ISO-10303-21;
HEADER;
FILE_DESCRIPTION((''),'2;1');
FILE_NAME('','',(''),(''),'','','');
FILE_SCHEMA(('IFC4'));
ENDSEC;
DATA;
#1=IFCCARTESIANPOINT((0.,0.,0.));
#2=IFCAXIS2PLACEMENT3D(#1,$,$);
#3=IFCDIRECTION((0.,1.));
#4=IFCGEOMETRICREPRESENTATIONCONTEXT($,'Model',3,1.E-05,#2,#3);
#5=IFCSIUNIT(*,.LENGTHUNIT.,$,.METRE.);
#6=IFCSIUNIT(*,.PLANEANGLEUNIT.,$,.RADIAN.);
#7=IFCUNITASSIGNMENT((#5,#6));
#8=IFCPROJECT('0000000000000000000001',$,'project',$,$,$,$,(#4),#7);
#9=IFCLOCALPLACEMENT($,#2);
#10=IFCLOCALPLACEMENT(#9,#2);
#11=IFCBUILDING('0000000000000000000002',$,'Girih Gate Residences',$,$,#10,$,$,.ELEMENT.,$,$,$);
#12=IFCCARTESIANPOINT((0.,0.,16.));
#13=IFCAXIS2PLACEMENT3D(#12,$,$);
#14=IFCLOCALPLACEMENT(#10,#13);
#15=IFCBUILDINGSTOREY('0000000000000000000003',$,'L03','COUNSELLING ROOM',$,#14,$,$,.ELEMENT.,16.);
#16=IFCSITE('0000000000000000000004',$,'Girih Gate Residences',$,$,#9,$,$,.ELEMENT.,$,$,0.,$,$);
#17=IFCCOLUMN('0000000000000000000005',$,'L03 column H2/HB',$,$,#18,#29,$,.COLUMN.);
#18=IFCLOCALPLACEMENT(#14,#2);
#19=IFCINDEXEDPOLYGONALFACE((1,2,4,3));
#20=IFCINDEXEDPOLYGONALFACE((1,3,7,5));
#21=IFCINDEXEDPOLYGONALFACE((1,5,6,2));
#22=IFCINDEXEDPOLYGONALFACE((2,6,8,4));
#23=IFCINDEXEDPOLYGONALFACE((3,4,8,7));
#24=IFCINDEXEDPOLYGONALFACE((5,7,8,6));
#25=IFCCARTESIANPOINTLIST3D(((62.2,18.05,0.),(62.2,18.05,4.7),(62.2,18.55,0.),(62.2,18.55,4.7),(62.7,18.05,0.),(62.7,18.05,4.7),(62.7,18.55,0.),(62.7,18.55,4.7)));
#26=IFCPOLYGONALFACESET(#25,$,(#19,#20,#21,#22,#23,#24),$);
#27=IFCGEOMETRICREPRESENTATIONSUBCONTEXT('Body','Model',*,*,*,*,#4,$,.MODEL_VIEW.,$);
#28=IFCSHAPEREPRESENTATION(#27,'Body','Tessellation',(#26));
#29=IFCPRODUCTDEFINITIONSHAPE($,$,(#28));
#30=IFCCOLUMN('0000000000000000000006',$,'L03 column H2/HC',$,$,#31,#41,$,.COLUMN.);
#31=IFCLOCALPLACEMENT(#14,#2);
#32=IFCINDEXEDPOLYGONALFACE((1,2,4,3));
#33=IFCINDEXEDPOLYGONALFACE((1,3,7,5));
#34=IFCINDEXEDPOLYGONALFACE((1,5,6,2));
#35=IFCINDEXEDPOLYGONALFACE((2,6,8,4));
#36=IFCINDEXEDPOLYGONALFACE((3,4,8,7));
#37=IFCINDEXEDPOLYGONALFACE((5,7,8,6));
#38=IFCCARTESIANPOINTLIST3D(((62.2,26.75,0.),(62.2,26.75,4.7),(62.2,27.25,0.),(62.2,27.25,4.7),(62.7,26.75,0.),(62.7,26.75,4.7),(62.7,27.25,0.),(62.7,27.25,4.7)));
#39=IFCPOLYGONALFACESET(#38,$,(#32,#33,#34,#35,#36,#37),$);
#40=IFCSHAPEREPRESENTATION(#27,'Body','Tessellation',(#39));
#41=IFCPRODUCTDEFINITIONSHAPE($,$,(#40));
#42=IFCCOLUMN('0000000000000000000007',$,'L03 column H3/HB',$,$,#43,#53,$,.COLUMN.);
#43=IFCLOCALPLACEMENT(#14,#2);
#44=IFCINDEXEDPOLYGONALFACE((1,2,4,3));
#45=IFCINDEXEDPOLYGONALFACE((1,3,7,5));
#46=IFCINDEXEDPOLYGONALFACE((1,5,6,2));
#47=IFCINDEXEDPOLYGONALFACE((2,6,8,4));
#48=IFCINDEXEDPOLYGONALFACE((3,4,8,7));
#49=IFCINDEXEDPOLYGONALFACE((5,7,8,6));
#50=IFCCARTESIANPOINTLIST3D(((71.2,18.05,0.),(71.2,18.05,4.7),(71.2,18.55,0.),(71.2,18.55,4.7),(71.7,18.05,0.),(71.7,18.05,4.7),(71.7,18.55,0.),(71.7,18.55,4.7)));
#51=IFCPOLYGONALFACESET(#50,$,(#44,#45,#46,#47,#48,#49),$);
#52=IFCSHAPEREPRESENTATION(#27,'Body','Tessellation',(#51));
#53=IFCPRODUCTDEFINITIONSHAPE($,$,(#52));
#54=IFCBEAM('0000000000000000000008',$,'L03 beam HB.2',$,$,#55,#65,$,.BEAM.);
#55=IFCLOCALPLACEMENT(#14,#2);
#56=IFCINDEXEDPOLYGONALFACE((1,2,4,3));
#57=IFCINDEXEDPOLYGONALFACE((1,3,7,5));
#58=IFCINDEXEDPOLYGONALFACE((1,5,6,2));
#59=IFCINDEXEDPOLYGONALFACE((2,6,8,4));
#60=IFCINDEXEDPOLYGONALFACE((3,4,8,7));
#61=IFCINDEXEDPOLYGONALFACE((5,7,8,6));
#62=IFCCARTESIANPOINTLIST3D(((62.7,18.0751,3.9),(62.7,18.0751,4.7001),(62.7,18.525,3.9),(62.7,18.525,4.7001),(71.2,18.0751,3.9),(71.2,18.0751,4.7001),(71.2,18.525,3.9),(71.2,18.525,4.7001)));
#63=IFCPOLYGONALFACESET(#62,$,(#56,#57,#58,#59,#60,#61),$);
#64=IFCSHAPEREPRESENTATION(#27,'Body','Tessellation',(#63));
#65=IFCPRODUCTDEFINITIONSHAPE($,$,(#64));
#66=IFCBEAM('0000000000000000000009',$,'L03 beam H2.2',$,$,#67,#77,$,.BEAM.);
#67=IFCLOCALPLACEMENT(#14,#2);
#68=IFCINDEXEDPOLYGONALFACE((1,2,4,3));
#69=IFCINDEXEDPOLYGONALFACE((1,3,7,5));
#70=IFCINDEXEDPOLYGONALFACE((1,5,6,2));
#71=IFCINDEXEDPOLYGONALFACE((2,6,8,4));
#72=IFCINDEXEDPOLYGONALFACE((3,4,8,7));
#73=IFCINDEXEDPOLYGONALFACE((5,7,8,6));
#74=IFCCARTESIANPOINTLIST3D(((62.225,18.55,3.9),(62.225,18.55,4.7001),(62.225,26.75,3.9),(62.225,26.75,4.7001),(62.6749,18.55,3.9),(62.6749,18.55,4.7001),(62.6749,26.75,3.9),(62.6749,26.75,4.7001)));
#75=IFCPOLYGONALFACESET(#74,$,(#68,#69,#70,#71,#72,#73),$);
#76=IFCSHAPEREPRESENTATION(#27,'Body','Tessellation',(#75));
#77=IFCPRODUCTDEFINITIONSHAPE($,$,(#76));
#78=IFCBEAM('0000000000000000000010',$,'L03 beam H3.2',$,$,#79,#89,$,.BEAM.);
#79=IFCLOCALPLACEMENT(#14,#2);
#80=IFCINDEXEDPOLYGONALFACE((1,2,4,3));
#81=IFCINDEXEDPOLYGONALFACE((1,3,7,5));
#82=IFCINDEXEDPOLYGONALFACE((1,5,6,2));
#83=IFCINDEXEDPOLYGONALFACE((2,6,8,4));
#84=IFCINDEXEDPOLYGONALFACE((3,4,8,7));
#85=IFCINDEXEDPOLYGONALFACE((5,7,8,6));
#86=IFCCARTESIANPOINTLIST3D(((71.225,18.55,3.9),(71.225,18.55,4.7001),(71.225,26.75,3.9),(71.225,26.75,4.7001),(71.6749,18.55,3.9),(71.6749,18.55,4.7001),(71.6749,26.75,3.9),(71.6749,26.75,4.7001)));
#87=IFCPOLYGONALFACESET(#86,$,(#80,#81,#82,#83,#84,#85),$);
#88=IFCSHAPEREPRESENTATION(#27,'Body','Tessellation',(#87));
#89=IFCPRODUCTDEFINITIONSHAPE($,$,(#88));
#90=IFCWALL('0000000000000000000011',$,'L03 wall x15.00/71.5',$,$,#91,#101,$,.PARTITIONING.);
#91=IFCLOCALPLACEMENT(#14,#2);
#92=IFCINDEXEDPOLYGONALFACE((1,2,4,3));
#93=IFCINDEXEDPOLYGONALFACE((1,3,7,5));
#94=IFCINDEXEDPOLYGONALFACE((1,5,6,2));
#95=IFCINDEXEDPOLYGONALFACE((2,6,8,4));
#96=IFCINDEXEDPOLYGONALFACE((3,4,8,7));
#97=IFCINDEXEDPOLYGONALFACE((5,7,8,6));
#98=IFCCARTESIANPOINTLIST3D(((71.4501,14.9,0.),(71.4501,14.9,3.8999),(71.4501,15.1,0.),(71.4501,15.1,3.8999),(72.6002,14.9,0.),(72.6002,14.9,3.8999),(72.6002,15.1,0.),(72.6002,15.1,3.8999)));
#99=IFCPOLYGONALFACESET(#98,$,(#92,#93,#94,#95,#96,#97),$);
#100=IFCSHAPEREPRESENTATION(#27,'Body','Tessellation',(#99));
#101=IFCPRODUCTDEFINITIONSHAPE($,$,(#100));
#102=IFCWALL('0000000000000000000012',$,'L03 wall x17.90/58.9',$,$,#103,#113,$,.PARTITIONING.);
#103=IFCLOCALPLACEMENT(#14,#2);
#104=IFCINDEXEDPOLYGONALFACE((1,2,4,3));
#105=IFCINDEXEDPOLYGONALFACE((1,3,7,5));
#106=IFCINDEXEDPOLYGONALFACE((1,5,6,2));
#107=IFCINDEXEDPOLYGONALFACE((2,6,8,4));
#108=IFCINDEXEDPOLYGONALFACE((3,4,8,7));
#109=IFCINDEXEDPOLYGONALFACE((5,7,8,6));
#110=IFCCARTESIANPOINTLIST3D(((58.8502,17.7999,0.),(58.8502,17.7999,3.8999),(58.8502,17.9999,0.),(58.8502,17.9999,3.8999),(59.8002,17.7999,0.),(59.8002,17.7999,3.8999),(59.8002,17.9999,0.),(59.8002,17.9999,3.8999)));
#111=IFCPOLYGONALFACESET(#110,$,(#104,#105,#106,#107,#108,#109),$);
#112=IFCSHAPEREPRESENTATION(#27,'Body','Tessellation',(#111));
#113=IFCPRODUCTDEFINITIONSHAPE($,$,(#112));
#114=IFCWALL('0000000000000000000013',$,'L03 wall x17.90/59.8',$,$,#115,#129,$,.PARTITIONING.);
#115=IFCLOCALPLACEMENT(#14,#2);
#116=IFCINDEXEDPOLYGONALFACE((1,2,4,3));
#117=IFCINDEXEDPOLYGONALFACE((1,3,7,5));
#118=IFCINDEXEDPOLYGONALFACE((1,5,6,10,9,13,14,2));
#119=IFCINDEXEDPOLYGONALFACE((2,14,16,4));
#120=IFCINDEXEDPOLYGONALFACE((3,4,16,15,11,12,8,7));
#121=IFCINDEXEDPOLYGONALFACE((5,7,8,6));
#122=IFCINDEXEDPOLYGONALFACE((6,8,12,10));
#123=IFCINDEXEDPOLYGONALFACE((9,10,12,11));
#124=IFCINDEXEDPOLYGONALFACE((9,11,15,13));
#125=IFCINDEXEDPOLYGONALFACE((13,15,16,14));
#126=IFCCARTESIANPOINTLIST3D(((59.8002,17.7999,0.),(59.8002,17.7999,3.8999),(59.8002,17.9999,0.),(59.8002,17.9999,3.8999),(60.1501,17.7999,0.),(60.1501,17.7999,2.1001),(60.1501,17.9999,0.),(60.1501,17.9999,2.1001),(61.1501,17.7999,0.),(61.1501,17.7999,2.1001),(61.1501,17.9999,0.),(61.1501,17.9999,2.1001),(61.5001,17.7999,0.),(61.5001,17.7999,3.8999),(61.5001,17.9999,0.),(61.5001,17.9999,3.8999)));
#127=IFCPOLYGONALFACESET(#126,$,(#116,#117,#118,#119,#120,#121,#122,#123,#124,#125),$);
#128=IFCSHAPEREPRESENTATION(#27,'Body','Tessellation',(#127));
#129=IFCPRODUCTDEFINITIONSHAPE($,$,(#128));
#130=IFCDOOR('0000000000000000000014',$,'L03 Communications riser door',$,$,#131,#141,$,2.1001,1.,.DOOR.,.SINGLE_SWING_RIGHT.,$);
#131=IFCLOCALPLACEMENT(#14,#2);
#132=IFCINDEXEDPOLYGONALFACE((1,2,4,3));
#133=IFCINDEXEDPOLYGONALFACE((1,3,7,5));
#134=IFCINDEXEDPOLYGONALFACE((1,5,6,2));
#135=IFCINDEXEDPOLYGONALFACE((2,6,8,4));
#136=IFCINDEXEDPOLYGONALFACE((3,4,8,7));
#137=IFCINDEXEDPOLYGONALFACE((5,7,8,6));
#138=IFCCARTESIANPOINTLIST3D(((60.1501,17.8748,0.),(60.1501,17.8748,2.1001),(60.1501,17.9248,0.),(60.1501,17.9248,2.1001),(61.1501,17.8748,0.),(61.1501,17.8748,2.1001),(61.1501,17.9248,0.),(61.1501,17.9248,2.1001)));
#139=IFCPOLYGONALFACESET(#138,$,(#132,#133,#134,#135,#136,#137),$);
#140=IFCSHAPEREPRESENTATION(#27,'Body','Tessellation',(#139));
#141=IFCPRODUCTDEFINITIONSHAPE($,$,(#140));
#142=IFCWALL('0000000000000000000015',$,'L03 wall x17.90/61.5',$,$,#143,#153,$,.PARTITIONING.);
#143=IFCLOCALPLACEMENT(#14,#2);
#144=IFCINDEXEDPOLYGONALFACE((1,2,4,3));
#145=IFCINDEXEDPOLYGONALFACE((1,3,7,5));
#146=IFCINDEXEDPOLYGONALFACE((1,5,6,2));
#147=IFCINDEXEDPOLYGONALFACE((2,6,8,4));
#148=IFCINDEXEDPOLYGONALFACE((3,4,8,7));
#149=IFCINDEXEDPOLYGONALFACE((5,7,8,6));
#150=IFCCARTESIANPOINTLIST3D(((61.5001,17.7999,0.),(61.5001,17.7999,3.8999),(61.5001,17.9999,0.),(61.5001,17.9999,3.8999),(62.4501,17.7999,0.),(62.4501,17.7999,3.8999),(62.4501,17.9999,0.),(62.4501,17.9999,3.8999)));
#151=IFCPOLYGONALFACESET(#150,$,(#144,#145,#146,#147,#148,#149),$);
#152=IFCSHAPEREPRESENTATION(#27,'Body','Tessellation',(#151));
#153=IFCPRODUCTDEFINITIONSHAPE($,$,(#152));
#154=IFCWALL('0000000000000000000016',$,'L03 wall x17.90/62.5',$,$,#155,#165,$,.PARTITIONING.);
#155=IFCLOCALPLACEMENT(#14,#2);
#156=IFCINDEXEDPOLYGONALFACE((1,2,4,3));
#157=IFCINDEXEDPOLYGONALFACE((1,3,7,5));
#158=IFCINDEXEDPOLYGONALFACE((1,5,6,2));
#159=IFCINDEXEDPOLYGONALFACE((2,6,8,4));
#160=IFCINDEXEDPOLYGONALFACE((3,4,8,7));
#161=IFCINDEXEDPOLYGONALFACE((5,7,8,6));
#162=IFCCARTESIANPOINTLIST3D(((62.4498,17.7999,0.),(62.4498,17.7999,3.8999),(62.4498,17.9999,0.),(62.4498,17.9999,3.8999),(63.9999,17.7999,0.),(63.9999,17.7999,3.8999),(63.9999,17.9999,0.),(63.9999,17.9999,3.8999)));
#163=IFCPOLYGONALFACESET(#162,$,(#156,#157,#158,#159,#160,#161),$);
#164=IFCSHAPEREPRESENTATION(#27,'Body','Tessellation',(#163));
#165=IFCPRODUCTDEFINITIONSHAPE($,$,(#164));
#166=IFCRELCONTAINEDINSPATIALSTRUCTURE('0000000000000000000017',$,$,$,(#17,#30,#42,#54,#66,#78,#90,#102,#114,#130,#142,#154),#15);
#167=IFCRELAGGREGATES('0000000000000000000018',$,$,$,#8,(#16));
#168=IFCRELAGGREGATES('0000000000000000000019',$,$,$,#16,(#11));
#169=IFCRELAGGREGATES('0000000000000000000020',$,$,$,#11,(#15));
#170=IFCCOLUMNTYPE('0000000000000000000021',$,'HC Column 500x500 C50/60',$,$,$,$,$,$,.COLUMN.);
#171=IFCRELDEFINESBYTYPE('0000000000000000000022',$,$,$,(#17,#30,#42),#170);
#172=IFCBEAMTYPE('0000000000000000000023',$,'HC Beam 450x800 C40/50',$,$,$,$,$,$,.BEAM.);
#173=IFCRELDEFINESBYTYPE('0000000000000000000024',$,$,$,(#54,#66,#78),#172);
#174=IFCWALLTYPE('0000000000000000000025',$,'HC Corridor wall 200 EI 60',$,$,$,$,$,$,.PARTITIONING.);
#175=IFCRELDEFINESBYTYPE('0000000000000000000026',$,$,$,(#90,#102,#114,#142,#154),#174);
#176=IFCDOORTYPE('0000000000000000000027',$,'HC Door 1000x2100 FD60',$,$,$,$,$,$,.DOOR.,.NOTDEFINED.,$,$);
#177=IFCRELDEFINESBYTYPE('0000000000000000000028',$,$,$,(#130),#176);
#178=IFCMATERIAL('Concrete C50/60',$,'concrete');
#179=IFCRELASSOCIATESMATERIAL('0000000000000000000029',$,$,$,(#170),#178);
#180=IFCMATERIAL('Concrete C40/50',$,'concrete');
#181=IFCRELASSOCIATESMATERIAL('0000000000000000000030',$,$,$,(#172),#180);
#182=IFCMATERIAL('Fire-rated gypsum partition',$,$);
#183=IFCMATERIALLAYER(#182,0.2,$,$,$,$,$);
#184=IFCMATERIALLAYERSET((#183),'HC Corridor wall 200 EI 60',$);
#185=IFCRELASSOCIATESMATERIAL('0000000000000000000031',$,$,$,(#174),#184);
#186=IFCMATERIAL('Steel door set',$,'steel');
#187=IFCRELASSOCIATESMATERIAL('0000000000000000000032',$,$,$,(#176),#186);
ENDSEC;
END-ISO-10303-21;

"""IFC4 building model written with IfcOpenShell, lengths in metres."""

from ifc_helpers import new_model, si_unit, direction, frame, frame_2d, origin, origin_2d, place, context, subcontext, project, spatial, rectangle, extrude, material, layer, layer_set, material_profile, profile_set, type_object, element, fill, save


model = new_model("IFC4")

# Units and contexts
model_context = context("Model", 3, precision=1e-05, world=origin(), true_north=direction((0.0, 1.0)))
body_context = subcontext(model_context, "Body", "Model", "MODEL_VIEW")
ifc_project = project(units=[si_unit("LENGTHUNIT", "METRE"), si_unit("PLANEANGLEUNIT", "RADIAN")], contexts=[model_context])

# Site, building, storey
site_placement = place(None, origin())
site = spatial("IfcSite", under=ifc_project, at=site_placement, Name="Girih Gate Residences", CompositionType="ELEMENT", RefElevation=0.0)
building_placement = place(site_placement, origin())
building = spatial("IfcBuilding", under=site, at=building_placement, Name="Girih Gate Residences", CompositionType="ELEMENT")
storey_placement = place(building_placement, frame((0.0, 0.0, 16.0)))
storey = spatial("IfcBuildingStorey", under=building, at=storey_placement, Name="L03", Description="COUNSELLING ROOM", CompositionType="ELEMENT", Elevation=16.0)

# Columns
ifc_material_1 = material(Name="Concrete C50/60", Category="concrete")
ifc_material_profile_1 = material_profile(ifc_material_1, rectangle(XDim=0.5, YDim=0.5, at=origin_2d()))
ifc_profile_set_1 = profile_set([ifc_material_profile_1], Name="Concrete C50/60")
column_type = type_object("IfcColumnType", Name="HC Column 500x500 C50/60", PredefinedType="COLUMN", material=ifc_profile_set_1)
for number, where, z_axis, x_axis, name in (
    (1, (62.45, 18.3, 0.0), (0.0, 0.0, 1.0), (1.0, 0.0, 0.0), "L03 column H2/HB"),
    (2, (62.45, 27.0, 0.0), (0.0, 0.0, 1.0), (1.0, 0.0, 0.0), "L03 column H2/HC"),
    (3, (71.45, 18.3, 0.0), (0.0, 0.0, 1.0), (1.0, 0.0, 0.0), "L03 column H3/HB"),
):
    element("IfcColumn", number, at=place(storey_placement, frame(where, z_axis=z_axis, x_axis=x_axis)), inside=storey, type_object=column_type, Name=name, PredefinedType="COLUMN", context=body_context, shape_type="SweptSolid", body=[
        extrude(rectangle(XDim=0.5, YDim=0.5, at=origin_2d()), origin(), (0.0, 0.0, 1.0), 4.7),
    ])

# Beams
ifc_material_2 = material(Name="Concrete C40/50", Category="concrete")
ifc_material_profile_2 = material_profile(ifc_material_2, rectangle(XDim=0.45, YDim=0.8, at=origin_2d()))
ifc_profile_set_2 = profile_set([ifc_material_profile_2], Name="Concrete C40/50")
beam_type = type_object("IfcBeamType", Name="HC Beam 450x800 C40/50", PredefinedType="BEAM", material=ifc_profile_set_2)
beam_placement = place(storey_placement, frame((62.7, 18.3, 4.3), z_axis=(1.0, 0.0, 0.0), x_axis=(0.0, 1.0, 0.0)))
element("IfcBeam", 4, at=beam_placement, inside=storey, type_object=beam_type, Name="L03 beam HB.2", PredefinedType="BEAM", context=body_context, shape_type="SweptSolid", body=[
    extrude(rectangle(XDim=0.45, YDim=0.8, at=origin_2d()), origin(), (0.0, 0.0, 1.0), 8.5),
])
for number, where, z_axis, x_axis, name in (
    (5, (62.45, 18.55, 4.3), (0.0, 1.0, 0.0), (-1.0, 0.0, 0.0), "L03 beam H2.2"),
    (6, (71.45, 18.55, 4.3), (0.0, 1.0, 0.0), (-1.0, 0.0, 0.0), "L03 beam H3.2"),
):
    element("IfcBeam", number, at=place(storey_placement, frame(where, z_axis=z_axis, x_axis=x_axis)), inside=storey, type_object=beam_type, Name=name, PredefinedType="BEAM", context=body_context, shape_type="SweptSolid", body=[
        extrude(rectangle(XDim=0.45, YDim=0.8, at=origin_2d()), origin(), (0.0, 0.0, 1.0), 8.2),
    ])

# Walls
ifc_material_3 = material(Name="Fire-rated gypsum partition")
ifc_layer_1 = layer(ifc_material_3, 0.2)
ifc_layer_set_1 = layer_set([ifc_layer_1], Name="HC Corridor wall 200 EI 60")
wall_type_1 = type_object("IfcWallType", Name="HC Corridor wall 200 EI 60", PredefinedType="PARTITIONING", material=ifc_layer_set_1)
wall_1_placement = place(storey_placement, frame((71.45, 15.0, 0.0), z_axis=(0.0, 0.0, 1.0), x_axis=(1.0, 0.0, 0.0)))
element("IfcWall", 7, at=wall_1_placement, inside=storey, type_object=wall_type_1, Name="L03 wall x15.00/71.5", PredefinedType="PARTITIONING", context=body_context, shape_type="SweptSolid", body=[
    extrude(rectangle(XDim=1.1501, YDim=0.2, at=frame_2d((0.5752, 0.0))), origin(), (0.0, 0.0, 1.0), 3.8999),
])
wall_2_placement = place(storey_placement, frame((58.8501, 17.8999, 0.0), z_axis=(0.0, 0.0, 1.0), x_axis=(1.0, 0.0, 0.0)))
element("IfcWall", 8, at=wall_2_placement, inside=storey, type_object=wall_type_1, Name="L03 wall x17.90/58.9", PredefinedType="PARTITIONING", context=body_context, shape_type="SweptSolid", body=[
    extrude(rectangle(XDim=0.95, YDim=0.2, at=frame_2d((0.4751, 0.0))), origin(), (0.0, 0.0, 1.0), 3.8999),
])

# Wall, opening, door
wall_3_placement = place(storey_placement, frame((59.8, 17.8999, 0.0), z_axis=(0.0, 0.0, 1.0), x_axis=(1.0, 0.0, 0.0)))
wall_3 = element("IfcWall", 9, at=wall_3_placement, inside=storey, type_object=wall_type_1, Name="L03 wall x17.90/59.8", PredefinedType="PARTITIONING", context=body_context, shape_type="SweptSolid", body=[
    extrude(rectangle(XDim=1.7, YDim=0.2, at=frame_2d((0.8501, 0.0))), origin(), (0.0, 0.0, 1.0), 3.8999),
])
opening_1_placement = place(wall_3_placement, frame((0.3501, 0.0, 0.0)))
opening_1 = element("IfcOpeningElement", 10, at=opening_1_placement, cuts=wall_3, PredefinedType="OPENING", context=body_context, shape_type="SweptSolid", body=[
    extrude(rectangle(XDim=1.0, YDim=2.1001, at=frame_2d((0.5, 1.05))), frame((0.0, 0.1099, 0.0), z_axis=(0.0, -1.0, 0.0), x_axis=(1.0, 0.0, 0.0)), (0.0, 0.0, 1.0), 0.22),
])
ifc_material_4 = material(Name="Steel door set", Category="steel")
door_type_1 = type_object("IfcDoorType", Name="HC Door 1000x2100 FD60", OperationType="NOTDEFINED", PredefinedType="DOOR", material=ifc_material_4)
door_1_placement = place(opening_1_placement, origin())
door_1 = element("IfcDoor", 11, at=door_1_placement, inside=storey, type_object=door_type_1, Name="L03 Communications riser door", OperationType="SINGLE_SWING_RIGHT", OverallHeight=2.1001, OverallWidth=1.0, PredefinedType="DOOR", context=body_context, shape_type="SweptSolid", body=[
    extrude(rectangle(XDim=1.0, YDim=2.1001, at=frame_2d((0.5, 1.05))), frame((0.0, 0.0249, 0.0), z_axis=(0.0, -1.0, 0.0), x_axis=(1.0, 0.0, 0.0)), (0.0, 0.0, 1.0), 0.05),
])
fill(opening_1, door_1)

# Walls
wall_4_placement = place(storey_placement, frame((61.5, 17.8999, 0.0), z_axis=(0.0, 0.0, 1.0), x_axis=(1.0, 0.0, 0.0)))
element("IfcWall", 12, at=wall_4_placement, inside=storey, type_object=wall_type_1, Name="L03 wall x17.90/61.5", PredefinedType="PARTITIONING", context=body_context, shape_type="SweptSolid", body=[
    extrude(rectangle(XDim=0.95, YDim=0.2, at=frame_2d((0.4751, 0.0))), origin(), (0.0, 0.0, 1.0), 3.8999),
])
wall_5_placement = place(storey_placement, frame((62.45, 17.8999, 0.0), z_axis=(0.0, 0.0, 1.0), x_axis=(1.0, 0.0, 0.0)))
element("IfcWall", 13, at=wall_5_placement, inside=storey, type_object=wall_type_1, Name="L03 wall x17.90/62.5", PredefinedType="PARTITIONING", context=body_context, shape_type="SweptSolid", body=[
    extrude(rectangle(XDim=1.55, YDim=0.2, at=frame_2d((0.7749, 0.0))), origin(), (0.0, 0.0, 1.0), 3.8999),
])

save(model, "model.ifc")
